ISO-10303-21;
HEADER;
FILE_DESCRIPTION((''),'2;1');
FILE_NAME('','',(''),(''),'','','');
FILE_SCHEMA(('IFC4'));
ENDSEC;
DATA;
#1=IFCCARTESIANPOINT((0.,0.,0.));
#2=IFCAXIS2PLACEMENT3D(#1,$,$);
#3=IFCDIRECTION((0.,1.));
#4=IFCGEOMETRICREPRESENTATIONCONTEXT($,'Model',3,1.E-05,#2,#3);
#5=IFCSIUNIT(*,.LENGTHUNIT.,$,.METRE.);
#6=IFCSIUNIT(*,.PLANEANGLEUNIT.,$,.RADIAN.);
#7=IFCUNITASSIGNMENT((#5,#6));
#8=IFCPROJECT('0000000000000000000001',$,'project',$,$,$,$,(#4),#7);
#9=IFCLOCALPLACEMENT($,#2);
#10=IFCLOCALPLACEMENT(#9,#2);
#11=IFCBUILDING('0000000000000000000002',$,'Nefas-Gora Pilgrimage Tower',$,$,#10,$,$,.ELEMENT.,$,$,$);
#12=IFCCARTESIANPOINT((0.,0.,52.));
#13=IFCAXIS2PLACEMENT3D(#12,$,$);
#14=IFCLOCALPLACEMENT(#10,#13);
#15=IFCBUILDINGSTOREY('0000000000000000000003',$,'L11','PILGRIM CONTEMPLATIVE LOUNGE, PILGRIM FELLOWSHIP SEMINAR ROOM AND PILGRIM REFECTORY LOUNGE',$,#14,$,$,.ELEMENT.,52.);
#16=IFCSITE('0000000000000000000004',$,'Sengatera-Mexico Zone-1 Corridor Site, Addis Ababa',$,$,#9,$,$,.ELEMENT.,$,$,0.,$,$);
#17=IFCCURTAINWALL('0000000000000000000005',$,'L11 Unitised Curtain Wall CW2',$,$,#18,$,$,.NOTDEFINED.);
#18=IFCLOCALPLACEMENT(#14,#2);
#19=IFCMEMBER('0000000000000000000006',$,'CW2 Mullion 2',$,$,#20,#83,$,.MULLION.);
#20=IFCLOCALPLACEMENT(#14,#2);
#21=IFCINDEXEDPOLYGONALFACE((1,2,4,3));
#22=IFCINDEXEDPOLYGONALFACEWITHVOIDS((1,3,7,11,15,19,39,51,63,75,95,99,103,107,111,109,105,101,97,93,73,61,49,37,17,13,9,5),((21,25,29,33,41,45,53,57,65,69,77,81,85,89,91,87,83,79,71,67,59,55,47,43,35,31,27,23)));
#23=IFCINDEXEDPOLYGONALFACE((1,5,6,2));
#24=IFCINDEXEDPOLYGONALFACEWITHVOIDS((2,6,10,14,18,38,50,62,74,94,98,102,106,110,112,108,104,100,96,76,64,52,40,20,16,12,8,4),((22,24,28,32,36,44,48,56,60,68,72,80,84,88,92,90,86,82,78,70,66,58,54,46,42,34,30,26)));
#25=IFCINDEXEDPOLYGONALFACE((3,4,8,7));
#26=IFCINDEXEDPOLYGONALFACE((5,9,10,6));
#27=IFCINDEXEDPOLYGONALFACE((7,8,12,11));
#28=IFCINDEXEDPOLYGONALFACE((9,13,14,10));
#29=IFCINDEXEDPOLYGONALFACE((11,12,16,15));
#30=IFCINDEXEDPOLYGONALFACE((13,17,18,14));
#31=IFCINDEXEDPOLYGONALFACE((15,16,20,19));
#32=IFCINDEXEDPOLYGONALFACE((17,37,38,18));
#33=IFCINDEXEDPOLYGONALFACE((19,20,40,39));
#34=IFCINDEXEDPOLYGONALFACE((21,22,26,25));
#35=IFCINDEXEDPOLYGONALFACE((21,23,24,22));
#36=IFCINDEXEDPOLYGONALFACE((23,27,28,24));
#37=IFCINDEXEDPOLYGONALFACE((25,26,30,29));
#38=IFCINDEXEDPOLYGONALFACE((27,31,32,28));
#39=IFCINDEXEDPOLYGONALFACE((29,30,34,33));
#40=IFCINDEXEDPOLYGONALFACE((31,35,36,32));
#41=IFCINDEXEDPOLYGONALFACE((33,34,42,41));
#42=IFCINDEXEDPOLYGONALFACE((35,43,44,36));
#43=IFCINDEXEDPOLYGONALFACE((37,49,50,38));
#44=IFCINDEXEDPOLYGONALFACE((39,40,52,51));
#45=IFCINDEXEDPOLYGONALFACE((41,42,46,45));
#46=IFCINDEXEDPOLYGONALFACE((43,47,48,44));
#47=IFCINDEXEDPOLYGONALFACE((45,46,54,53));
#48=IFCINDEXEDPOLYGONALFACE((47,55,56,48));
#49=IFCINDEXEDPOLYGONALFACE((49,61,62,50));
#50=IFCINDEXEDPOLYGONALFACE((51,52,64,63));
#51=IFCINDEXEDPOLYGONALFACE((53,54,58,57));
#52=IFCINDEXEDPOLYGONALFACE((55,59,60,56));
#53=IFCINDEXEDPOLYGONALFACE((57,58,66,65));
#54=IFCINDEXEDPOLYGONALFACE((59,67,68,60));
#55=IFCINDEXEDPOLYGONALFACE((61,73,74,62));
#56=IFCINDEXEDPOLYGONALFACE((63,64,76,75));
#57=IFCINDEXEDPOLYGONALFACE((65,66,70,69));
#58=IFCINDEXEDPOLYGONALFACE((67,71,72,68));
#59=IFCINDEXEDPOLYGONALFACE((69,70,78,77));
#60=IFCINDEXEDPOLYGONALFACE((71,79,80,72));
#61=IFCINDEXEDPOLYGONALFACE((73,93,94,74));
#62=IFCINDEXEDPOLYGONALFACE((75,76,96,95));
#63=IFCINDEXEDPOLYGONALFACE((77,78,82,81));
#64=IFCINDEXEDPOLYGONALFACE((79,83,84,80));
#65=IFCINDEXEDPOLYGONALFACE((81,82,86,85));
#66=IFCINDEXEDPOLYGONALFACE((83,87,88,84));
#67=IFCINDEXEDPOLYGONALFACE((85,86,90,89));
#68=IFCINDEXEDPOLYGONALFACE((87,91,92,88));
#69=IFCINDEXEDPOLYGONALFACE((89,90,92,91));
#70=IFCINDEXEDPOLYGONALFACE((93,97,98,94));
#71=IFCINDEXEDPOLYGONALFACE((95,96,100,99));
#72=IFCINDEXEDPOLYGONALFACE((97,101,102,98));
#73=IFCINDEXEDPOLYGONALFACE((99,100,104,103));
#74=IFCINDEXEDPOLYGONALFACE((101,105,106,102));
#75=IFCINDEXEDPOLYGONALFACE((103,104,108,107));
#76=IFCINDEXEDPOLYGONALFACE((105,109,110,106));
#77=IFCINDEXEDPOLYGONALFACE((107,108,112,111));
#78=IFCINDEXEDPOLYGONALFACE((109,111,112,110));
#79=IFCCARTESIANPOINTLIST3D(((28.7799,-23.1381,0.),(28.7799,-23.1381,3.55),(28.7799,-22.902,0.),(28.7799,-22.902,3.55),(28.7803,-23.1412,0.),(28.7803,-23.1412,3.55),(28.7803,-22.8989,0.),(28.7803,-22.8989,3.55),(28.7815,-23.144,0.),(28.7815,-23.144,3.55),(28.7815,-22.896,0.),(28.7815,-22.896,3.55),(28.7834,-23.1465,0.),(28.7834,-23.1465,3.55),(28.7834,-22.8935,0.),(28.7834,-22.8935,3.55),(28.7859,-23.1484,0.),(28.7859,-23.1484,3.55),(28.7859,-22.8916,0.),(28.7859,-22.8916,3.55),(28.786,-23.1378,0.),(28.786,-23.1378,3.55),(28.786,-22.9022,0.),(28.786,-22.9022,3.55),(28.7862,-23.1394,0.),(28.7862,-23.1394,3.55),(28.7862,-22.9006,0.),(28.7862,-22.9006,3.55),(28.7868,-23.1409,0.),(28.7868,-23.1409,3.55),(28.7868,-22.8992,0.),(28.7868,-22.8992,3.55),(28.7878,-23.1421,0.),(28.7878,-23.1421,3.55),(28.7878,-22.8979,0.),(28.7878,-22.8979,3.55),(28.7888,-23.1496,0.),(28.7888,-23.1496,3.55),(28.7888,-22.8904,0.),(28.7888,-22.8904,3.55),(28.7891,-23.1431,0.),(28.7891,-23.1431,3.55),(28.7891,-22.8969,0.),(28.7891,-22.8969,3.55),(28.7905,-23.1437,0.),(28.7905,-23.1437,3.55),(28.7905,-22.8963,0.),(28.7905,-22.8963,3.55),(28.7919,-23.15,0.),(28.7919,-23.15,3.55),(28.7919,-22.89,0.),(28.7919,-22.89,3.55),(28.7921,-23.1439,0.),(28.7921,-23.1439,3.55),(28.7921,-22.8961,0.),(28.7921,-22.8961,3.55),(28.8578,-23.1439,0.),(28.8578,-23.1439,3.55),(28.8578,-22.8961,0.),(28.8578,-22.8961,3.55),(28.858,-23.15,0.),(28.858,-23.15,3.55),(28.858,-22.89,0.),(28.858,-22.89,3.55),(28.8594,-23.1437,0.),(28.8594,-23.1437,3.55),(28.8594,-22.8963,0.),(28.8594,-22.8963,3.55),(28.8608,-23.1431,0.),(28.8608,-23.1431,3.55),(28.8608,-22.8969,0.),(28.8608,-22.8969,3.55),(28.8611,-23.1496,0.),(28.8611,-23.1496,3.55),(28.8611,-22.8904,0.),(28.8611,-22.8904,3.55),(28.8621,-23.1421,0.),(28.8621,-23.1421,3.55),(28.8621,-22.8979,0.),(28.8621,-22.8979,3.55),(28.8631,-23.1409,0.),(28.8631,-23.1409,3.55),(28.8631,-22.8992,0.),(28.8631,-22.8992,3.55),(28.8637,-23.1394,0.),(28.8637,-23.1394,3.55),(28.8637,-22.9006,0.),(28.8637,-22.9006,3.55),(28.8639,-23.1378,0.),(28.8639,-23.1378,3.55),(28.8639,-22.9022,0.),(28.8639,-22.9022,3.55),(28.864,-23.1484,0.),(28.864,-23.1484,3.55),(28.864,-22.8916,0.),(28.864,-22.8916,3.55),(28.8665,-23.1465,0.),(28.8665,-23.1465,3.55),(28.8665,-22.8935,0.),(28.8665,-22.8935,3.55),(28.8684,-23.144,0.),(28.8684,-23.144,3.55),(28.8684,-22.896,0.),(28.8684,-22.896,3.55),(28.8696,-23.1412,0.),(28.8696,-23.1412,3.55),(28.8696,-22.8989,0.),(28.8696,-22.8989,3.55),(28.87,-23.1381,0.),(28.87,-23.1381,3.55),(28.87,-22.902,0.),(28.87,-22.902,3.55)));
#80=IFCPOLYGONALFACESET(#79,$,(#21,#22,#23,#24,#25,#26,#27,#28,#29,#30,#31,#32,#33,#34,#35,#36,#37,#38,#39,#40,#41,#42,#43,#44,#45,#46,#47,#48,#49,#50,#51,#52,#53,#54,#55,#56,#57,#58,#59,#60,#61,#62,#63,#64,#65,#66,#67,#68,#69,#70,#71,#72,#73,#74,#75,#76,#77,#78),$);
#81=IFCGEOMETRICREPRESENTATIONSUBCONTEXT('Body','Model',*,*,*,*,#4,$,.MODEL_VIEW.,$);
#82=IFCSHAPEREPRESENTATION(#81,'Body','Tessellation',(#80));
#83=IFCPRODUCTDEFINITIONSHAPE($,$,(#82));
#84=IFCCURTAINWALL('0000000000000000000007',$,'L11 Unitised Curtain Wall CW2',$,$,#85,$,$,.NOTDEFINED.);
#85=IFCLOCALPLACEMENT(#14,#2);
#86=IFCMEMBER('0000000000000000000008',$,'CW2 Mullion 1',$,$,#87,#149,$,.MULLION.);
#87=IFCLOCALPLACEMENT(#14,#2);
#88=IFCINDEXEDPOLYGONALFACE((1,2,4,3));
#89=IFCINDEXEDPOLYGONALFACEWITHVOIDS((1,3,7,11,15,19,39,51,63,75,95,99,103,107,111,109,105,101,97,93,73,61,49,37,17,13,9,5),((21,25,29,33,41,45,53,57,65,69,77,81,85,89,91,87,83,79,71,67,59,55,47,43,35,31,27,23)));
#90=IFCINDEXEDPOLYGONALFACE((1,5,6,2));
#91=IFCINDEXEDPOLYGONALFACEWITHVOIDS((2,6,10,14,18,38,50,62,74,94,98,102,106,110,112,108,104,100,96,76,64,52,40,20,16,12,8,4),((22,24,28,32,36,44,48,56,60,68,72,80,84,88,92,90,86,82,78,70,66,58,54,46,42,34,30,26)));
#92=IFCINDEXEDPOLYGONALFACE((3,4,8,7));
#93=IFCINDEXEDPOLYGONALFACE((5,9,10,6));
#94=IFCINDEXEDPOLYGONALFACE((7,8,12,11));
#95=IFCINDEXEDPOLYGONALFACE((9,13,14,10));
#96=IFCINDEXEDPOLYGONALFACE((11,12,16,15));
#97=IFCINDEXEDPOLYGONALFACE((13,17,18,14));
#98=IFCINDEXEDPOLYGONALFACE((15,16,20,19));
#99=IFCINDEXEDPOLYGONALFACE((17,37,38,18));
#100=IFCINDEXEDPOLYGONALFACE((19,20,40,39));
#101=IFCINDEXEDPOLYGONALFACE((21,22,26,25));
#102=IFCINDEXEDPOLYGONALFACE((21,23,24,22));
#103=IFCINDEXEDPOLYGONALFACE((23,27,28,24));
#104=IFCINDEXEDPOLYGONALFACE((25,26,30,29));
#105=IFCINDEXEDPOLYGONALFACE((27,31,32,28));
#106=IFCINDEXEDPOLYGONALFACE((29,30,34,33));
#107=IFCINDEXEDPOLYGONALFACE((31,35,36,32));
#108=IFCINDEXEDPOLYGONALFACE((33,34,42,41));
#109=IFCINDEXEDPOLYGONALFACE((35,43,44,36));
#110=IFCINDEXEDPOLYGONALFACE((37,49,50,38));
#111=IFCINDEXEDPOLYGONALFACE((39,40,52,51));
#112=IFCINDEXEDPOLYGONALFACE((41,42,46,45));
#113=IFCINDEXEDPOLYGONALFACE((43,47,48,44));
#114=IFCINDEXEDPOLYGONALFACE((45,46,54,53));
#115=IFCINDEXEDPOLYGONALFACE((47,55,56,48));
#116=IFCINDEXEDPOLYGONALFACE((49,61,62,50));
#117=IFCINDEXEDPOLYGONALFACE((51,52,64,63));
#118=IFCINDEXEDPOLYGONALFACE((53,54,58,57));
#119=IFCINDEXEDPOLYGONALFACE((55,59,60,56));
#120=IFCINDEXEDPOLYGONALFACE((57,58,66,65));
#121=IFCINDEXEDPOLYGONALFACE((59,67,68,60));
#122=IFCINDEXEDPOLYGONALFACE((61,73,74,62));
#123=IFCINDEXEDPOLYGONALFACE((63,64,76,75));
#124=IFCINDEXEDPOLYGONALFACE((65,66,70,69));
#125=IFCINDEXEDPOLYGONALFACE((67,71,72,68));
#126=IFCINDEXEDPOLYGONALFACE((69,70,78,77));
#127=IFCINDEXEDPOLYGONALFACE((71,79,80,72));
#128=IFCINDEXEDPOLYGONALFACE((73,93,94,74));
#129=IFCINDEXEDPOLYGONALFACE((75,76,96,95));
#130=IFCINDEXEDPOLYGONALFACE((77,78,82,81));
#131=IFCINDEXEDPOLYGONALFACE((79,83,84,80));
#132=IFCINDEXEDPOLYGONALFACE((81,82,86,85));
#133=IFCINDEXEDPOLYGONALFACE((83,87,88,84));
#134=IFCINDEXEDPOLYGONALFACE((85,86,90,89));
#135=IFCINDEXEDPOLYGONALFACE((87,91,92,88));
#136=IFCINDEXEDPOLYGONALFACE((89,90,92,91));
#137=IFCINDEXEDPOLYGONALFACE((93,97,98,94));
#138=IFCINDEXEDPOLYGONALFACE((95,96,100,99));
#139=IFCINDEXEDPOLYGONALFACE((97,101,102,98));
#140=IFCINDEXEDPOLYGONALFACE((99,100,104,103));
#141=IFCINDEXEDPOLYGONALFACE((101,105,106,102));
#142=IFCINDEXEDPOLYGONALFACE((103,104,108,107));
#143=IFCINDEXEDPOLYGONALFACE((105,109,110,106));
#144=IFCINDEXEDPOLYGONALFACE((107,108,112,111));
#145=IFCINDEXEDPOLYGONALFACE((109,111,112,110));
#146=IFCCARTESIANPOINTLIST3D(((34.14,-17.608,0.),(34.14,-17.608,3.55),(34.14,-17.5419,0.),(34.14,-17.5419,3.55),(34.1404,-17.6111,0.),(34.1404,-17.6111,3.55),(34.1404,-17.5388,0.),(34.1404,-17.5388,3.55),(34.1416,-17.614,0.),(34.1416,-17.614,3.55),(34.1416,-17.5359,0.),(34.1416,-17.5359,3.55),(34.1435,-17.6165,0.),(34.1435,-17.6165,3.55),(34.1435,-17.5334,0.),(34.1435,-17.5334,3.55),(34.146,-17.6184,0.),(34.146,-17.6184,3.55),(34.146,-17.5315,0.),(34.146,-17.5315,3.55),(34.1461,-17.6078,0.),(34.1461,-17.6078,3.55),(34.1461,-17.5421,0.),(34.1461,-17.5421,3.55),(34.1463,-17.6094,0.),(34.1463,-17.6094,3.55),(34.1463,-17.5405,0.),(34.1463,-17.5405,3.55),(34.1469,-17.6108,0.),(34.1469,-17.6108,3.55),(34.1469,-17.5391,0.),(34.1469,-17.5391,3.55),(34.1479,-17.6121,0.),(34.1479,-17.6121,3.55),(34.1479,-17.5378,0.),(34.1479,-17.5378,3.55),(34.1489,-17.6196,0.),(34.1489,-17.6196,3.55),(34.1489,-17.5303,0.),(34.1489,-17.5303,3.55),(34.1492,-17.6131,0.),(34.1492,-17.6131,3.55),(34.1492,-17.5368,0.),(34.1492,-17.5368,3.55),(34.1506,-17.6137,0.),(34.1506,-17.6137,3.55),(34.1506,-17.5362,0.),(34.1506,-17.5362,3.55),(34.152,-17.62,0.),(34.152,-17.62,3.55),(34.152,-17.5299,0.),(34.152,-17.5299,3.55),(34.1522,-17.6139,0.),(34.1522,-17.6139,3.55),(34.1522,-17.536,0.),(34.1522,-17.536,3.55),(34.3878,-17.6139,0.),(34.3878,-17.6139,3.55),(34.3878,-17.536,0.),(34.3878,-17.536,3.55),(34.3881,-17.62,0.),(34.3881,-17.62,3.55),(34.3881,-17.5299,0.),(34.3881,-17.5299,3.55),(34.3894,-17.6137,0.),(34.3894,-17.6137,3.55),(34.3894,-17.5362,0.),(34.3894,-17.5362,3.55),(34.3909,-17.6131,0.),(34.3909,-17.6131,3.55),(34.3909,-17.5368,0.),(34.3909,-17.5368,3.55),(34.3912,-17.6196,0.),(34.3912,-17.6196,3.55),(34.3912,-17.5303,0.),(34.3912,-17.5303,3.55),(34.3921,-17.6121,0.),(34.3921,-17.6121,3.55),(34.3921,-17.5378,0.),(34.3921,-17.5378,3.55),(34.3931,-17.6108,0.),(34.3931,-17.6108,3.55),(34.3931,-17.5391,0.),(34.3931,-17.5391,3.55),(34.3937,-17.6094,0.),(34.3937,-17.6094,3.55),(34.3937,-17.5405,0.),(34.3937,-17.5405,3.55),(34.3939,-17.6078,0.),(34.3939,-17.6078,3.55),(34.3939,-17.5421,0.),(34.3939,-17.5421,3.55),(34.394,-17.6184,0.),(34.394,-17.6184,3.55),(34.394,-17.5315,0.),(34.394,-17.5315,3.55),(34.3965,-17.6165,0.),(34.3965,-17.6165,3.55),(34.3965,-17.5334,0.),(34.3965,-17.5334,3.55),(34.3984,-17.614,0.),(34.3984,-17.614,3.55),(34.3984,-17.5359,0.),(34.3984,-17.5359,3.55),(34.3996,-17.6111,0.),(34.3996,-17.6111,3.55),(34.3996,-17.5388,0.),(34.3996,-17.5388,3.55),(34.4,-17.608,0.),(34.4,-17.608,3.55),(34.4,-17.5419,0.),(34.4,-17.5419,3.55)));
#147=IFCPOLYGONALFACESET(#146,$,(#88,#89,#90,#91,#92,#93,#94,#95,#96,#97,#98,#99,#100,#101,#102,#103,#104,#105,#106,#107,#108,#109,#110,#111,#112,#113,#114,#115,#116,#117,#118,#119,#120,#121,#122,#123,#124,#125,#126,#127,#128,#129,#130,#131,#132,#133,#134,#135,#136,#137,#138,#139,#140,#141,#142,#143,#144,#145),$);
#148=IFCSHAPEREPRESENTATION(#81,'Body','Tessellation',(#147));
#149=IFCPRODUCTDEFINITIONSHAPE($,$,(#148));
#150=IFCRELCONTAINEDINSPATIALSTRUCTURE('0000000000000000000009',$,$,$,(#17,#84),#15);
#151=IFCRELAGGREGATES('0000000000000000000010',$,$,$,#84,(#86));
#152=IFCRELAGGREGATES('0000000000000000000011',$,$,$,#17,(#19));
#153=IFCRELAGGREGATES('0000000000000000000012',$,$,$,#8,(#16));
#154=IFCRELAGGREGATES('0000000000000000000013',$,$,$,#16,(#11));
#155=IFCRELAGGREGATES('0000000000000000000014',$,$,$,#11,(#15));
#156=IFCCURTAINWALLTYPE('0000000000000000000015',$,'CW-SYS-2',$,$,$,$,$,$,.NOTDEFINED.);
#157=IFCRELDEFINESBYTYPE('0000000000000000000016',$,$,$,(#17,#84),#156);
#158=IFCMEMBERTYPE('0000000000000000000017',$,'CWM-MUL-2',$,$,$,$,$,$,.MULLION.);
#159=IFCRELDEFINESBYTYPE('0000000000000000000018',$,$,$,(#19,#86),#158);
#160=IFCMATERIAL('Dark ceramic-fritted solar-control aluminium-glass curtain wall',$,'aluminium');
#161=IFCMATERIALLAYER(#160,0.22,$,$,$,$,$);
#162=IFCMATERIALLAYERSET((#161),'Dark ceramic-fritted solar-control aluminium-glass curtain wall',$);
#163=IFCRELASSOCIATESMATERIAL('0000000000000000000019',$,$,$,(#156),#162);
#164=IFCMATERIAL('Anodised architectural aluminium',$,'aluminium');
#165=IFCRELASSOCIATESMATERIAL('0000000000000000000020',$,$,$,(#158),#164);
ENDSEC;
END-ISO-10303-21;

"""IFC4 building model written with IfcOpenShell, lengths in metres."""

from ifc_helpers import new_model, si_unit, direction, frame, origin, origin_2d, place, context, subcontext, project, spatial, hollow_rectangle, extrude, source, transform, mapped, material, layer, layer_set, material_profile, profile_set, type_object, element, aggregate, save


model = new_model("IFC4")

# Units and contexts
model_context = context("Model", 3, precision=1e-05, world=origin(), true_north=direction((0.0, 1.0)))
body_context = subcontext(model_context, "Body", "Model", "MODEL_VIEW")
ifc_project = project(units=[si_unit("LENGTHUNIT", "METRE"), si_unit("PLANEANGLEUNIT", "RADIAN")], contexts=[model_context])

# Site, building, storey
site_placement = place(None, origin())
site = spatial("IfcSite", under=ifc_project, at=site_placement, Name="Sengatera-Mexico Zone-1 Corridor Site, Addis Ababa", CompositionType="ELEMENT", RefElevation=0.0)
building_placement = place(site_placement, origin())
building = spatial("IfcBuilding", under=site, at=building_placement, Name="Nefas-Gora Pilgrimage Tower", CompositionType="ELEMENT")
storey_placement = place(building_placement, frame((0.0, 0.0, 52.0)))
storey = spatial("IfcBuildingStorey", under=building, at=storey_placement, Name="L11", Description="PILGRIM CONTEMPLATIVE LOUNGE, PILGRIM FELLOWSHIP SEMINAR ROOM AND PILGRIM REFECTORY LOUNGE", CompositionType="ELEMENT", Elevation=52.0)

# Curtain wall, member
ifc_material_1 = material(Name="Dark ceramic-fritted solar-control aluminium-glass curtain wall", Category="aluminium")
ifc_layer_1 = layer(ifc_material_1, 0.22)
ifc_layer_set_1 = layer_set([ifc_layer_1], Name="Dark ceramic-fritted solar-control aluminium-glass curtain wall")
curtain_wall_type = type_object("IfcCurtainWallType", Name="CW-SYS-2", PredefinedType="NOTDEFINED", material=ifc_layer_set_1)
curtain_wall_1_placement = place(storey_placement, origin())
curtain_wall_1 = element("IfcCurtainWall", 1, at=curtain_wall_1_placement, inside=storey, type_object=curtain_wall_type, Name="L11 Unitised Curtain Wall CW2", PredefinedType="NOTDEFINED")
ifc_material_2 = material(Name="Anodised architectural aluminium", Category="aluminium")
ifc_material_profile_1 = material_profile(ifc_material_2, hollow_rectangle(XDim=0.0901, YDim=0.26, WallThickness=0.0061, InnerFilletRadius=0.0061, OuterFilletRadius=0.012, at=origin_2d()), Name="ALU MULLION 90x260")
ifc_profile_set_1 = profile_set([ifc_material_profile_1], Name="Anodised architectural aluminium")
member_type_1 = type_object("IfcMemberType", Name="CWM-MUL-2", PredefinedType="MULLION", material=ifc_profile_set_1)
shared_shape_1 = source(origin(), body_context, "Body", "SweptSolid", [
    extrude(hollow_rectangle(XDim=0.0901, YDim=0.26, WallThickness=0.0061, InnerFilletRadius=0.0061, OuterFilletRadius=0.012, at=origin_2d()), origin(), (0.0, 0.0, 1.0), 3.55),
])
member_1_placement = place(storey_placement, frame((28.825, -23.02, 0.0), z_axis=(0.0, 0.0, 1.0), x_axis=(1.0, 0.0, 0.0)))
member_1 = element("IfcMember", 2, at=member_1_placement, type_object=member_type_1, Name="CW2 Mullion 2", PredefinedType="MULLION", context=body_context, shape_type="MappedRepresentation", body=[
    mapped(shared_shape_1, transform((0.0, 0.0, 0.0), x_axis=(1.0, 0.0, 0.0), y_axis=(0.0, 1.0, 0.0), z_axis=(0.0, 0.0, 1.0), scale=1.0)),
])

# Curtain wall, member
curtain_wall_2_placement = place(storey_placement, origin())
curtain_wall_2 = element("IfcCurtainWall", 3, at=curtain_wall_2_placement, inside=storey, type_object=curtain_wall_type, Name="L11 Unitised Curtain Wall CW2", PredefinedType="NOTDEFINED")
member_2_placement = place(storey_placement, frame((34.27, -17.575, 0.0), z_axis=(0.0, 0.0, 1.0), x_axis=(0.0, 1.0, 0.0)))
member_2 = element("IfcMember", 4, at=member_2_placement, type_object=member_type_1, Name="CW2 Mullion 1", PredefinedType="MULLION", context=body_context, shape_type="MappedRepresentation", body=[
    mapped(shared_shape_1, transform((0.0, 0.0, 0.0), x_axis=(1.0, 0.0, 0.0), y_axis=(0.0, 1.0, 0.0), z_axis=(0.0, 0.0, 1.0), scale=1.0)),
])
aggregate(curtain_wall_2, [member_2])

aggregate(curtain_wall_1, [member_1])

save(model, "model.ifc")
